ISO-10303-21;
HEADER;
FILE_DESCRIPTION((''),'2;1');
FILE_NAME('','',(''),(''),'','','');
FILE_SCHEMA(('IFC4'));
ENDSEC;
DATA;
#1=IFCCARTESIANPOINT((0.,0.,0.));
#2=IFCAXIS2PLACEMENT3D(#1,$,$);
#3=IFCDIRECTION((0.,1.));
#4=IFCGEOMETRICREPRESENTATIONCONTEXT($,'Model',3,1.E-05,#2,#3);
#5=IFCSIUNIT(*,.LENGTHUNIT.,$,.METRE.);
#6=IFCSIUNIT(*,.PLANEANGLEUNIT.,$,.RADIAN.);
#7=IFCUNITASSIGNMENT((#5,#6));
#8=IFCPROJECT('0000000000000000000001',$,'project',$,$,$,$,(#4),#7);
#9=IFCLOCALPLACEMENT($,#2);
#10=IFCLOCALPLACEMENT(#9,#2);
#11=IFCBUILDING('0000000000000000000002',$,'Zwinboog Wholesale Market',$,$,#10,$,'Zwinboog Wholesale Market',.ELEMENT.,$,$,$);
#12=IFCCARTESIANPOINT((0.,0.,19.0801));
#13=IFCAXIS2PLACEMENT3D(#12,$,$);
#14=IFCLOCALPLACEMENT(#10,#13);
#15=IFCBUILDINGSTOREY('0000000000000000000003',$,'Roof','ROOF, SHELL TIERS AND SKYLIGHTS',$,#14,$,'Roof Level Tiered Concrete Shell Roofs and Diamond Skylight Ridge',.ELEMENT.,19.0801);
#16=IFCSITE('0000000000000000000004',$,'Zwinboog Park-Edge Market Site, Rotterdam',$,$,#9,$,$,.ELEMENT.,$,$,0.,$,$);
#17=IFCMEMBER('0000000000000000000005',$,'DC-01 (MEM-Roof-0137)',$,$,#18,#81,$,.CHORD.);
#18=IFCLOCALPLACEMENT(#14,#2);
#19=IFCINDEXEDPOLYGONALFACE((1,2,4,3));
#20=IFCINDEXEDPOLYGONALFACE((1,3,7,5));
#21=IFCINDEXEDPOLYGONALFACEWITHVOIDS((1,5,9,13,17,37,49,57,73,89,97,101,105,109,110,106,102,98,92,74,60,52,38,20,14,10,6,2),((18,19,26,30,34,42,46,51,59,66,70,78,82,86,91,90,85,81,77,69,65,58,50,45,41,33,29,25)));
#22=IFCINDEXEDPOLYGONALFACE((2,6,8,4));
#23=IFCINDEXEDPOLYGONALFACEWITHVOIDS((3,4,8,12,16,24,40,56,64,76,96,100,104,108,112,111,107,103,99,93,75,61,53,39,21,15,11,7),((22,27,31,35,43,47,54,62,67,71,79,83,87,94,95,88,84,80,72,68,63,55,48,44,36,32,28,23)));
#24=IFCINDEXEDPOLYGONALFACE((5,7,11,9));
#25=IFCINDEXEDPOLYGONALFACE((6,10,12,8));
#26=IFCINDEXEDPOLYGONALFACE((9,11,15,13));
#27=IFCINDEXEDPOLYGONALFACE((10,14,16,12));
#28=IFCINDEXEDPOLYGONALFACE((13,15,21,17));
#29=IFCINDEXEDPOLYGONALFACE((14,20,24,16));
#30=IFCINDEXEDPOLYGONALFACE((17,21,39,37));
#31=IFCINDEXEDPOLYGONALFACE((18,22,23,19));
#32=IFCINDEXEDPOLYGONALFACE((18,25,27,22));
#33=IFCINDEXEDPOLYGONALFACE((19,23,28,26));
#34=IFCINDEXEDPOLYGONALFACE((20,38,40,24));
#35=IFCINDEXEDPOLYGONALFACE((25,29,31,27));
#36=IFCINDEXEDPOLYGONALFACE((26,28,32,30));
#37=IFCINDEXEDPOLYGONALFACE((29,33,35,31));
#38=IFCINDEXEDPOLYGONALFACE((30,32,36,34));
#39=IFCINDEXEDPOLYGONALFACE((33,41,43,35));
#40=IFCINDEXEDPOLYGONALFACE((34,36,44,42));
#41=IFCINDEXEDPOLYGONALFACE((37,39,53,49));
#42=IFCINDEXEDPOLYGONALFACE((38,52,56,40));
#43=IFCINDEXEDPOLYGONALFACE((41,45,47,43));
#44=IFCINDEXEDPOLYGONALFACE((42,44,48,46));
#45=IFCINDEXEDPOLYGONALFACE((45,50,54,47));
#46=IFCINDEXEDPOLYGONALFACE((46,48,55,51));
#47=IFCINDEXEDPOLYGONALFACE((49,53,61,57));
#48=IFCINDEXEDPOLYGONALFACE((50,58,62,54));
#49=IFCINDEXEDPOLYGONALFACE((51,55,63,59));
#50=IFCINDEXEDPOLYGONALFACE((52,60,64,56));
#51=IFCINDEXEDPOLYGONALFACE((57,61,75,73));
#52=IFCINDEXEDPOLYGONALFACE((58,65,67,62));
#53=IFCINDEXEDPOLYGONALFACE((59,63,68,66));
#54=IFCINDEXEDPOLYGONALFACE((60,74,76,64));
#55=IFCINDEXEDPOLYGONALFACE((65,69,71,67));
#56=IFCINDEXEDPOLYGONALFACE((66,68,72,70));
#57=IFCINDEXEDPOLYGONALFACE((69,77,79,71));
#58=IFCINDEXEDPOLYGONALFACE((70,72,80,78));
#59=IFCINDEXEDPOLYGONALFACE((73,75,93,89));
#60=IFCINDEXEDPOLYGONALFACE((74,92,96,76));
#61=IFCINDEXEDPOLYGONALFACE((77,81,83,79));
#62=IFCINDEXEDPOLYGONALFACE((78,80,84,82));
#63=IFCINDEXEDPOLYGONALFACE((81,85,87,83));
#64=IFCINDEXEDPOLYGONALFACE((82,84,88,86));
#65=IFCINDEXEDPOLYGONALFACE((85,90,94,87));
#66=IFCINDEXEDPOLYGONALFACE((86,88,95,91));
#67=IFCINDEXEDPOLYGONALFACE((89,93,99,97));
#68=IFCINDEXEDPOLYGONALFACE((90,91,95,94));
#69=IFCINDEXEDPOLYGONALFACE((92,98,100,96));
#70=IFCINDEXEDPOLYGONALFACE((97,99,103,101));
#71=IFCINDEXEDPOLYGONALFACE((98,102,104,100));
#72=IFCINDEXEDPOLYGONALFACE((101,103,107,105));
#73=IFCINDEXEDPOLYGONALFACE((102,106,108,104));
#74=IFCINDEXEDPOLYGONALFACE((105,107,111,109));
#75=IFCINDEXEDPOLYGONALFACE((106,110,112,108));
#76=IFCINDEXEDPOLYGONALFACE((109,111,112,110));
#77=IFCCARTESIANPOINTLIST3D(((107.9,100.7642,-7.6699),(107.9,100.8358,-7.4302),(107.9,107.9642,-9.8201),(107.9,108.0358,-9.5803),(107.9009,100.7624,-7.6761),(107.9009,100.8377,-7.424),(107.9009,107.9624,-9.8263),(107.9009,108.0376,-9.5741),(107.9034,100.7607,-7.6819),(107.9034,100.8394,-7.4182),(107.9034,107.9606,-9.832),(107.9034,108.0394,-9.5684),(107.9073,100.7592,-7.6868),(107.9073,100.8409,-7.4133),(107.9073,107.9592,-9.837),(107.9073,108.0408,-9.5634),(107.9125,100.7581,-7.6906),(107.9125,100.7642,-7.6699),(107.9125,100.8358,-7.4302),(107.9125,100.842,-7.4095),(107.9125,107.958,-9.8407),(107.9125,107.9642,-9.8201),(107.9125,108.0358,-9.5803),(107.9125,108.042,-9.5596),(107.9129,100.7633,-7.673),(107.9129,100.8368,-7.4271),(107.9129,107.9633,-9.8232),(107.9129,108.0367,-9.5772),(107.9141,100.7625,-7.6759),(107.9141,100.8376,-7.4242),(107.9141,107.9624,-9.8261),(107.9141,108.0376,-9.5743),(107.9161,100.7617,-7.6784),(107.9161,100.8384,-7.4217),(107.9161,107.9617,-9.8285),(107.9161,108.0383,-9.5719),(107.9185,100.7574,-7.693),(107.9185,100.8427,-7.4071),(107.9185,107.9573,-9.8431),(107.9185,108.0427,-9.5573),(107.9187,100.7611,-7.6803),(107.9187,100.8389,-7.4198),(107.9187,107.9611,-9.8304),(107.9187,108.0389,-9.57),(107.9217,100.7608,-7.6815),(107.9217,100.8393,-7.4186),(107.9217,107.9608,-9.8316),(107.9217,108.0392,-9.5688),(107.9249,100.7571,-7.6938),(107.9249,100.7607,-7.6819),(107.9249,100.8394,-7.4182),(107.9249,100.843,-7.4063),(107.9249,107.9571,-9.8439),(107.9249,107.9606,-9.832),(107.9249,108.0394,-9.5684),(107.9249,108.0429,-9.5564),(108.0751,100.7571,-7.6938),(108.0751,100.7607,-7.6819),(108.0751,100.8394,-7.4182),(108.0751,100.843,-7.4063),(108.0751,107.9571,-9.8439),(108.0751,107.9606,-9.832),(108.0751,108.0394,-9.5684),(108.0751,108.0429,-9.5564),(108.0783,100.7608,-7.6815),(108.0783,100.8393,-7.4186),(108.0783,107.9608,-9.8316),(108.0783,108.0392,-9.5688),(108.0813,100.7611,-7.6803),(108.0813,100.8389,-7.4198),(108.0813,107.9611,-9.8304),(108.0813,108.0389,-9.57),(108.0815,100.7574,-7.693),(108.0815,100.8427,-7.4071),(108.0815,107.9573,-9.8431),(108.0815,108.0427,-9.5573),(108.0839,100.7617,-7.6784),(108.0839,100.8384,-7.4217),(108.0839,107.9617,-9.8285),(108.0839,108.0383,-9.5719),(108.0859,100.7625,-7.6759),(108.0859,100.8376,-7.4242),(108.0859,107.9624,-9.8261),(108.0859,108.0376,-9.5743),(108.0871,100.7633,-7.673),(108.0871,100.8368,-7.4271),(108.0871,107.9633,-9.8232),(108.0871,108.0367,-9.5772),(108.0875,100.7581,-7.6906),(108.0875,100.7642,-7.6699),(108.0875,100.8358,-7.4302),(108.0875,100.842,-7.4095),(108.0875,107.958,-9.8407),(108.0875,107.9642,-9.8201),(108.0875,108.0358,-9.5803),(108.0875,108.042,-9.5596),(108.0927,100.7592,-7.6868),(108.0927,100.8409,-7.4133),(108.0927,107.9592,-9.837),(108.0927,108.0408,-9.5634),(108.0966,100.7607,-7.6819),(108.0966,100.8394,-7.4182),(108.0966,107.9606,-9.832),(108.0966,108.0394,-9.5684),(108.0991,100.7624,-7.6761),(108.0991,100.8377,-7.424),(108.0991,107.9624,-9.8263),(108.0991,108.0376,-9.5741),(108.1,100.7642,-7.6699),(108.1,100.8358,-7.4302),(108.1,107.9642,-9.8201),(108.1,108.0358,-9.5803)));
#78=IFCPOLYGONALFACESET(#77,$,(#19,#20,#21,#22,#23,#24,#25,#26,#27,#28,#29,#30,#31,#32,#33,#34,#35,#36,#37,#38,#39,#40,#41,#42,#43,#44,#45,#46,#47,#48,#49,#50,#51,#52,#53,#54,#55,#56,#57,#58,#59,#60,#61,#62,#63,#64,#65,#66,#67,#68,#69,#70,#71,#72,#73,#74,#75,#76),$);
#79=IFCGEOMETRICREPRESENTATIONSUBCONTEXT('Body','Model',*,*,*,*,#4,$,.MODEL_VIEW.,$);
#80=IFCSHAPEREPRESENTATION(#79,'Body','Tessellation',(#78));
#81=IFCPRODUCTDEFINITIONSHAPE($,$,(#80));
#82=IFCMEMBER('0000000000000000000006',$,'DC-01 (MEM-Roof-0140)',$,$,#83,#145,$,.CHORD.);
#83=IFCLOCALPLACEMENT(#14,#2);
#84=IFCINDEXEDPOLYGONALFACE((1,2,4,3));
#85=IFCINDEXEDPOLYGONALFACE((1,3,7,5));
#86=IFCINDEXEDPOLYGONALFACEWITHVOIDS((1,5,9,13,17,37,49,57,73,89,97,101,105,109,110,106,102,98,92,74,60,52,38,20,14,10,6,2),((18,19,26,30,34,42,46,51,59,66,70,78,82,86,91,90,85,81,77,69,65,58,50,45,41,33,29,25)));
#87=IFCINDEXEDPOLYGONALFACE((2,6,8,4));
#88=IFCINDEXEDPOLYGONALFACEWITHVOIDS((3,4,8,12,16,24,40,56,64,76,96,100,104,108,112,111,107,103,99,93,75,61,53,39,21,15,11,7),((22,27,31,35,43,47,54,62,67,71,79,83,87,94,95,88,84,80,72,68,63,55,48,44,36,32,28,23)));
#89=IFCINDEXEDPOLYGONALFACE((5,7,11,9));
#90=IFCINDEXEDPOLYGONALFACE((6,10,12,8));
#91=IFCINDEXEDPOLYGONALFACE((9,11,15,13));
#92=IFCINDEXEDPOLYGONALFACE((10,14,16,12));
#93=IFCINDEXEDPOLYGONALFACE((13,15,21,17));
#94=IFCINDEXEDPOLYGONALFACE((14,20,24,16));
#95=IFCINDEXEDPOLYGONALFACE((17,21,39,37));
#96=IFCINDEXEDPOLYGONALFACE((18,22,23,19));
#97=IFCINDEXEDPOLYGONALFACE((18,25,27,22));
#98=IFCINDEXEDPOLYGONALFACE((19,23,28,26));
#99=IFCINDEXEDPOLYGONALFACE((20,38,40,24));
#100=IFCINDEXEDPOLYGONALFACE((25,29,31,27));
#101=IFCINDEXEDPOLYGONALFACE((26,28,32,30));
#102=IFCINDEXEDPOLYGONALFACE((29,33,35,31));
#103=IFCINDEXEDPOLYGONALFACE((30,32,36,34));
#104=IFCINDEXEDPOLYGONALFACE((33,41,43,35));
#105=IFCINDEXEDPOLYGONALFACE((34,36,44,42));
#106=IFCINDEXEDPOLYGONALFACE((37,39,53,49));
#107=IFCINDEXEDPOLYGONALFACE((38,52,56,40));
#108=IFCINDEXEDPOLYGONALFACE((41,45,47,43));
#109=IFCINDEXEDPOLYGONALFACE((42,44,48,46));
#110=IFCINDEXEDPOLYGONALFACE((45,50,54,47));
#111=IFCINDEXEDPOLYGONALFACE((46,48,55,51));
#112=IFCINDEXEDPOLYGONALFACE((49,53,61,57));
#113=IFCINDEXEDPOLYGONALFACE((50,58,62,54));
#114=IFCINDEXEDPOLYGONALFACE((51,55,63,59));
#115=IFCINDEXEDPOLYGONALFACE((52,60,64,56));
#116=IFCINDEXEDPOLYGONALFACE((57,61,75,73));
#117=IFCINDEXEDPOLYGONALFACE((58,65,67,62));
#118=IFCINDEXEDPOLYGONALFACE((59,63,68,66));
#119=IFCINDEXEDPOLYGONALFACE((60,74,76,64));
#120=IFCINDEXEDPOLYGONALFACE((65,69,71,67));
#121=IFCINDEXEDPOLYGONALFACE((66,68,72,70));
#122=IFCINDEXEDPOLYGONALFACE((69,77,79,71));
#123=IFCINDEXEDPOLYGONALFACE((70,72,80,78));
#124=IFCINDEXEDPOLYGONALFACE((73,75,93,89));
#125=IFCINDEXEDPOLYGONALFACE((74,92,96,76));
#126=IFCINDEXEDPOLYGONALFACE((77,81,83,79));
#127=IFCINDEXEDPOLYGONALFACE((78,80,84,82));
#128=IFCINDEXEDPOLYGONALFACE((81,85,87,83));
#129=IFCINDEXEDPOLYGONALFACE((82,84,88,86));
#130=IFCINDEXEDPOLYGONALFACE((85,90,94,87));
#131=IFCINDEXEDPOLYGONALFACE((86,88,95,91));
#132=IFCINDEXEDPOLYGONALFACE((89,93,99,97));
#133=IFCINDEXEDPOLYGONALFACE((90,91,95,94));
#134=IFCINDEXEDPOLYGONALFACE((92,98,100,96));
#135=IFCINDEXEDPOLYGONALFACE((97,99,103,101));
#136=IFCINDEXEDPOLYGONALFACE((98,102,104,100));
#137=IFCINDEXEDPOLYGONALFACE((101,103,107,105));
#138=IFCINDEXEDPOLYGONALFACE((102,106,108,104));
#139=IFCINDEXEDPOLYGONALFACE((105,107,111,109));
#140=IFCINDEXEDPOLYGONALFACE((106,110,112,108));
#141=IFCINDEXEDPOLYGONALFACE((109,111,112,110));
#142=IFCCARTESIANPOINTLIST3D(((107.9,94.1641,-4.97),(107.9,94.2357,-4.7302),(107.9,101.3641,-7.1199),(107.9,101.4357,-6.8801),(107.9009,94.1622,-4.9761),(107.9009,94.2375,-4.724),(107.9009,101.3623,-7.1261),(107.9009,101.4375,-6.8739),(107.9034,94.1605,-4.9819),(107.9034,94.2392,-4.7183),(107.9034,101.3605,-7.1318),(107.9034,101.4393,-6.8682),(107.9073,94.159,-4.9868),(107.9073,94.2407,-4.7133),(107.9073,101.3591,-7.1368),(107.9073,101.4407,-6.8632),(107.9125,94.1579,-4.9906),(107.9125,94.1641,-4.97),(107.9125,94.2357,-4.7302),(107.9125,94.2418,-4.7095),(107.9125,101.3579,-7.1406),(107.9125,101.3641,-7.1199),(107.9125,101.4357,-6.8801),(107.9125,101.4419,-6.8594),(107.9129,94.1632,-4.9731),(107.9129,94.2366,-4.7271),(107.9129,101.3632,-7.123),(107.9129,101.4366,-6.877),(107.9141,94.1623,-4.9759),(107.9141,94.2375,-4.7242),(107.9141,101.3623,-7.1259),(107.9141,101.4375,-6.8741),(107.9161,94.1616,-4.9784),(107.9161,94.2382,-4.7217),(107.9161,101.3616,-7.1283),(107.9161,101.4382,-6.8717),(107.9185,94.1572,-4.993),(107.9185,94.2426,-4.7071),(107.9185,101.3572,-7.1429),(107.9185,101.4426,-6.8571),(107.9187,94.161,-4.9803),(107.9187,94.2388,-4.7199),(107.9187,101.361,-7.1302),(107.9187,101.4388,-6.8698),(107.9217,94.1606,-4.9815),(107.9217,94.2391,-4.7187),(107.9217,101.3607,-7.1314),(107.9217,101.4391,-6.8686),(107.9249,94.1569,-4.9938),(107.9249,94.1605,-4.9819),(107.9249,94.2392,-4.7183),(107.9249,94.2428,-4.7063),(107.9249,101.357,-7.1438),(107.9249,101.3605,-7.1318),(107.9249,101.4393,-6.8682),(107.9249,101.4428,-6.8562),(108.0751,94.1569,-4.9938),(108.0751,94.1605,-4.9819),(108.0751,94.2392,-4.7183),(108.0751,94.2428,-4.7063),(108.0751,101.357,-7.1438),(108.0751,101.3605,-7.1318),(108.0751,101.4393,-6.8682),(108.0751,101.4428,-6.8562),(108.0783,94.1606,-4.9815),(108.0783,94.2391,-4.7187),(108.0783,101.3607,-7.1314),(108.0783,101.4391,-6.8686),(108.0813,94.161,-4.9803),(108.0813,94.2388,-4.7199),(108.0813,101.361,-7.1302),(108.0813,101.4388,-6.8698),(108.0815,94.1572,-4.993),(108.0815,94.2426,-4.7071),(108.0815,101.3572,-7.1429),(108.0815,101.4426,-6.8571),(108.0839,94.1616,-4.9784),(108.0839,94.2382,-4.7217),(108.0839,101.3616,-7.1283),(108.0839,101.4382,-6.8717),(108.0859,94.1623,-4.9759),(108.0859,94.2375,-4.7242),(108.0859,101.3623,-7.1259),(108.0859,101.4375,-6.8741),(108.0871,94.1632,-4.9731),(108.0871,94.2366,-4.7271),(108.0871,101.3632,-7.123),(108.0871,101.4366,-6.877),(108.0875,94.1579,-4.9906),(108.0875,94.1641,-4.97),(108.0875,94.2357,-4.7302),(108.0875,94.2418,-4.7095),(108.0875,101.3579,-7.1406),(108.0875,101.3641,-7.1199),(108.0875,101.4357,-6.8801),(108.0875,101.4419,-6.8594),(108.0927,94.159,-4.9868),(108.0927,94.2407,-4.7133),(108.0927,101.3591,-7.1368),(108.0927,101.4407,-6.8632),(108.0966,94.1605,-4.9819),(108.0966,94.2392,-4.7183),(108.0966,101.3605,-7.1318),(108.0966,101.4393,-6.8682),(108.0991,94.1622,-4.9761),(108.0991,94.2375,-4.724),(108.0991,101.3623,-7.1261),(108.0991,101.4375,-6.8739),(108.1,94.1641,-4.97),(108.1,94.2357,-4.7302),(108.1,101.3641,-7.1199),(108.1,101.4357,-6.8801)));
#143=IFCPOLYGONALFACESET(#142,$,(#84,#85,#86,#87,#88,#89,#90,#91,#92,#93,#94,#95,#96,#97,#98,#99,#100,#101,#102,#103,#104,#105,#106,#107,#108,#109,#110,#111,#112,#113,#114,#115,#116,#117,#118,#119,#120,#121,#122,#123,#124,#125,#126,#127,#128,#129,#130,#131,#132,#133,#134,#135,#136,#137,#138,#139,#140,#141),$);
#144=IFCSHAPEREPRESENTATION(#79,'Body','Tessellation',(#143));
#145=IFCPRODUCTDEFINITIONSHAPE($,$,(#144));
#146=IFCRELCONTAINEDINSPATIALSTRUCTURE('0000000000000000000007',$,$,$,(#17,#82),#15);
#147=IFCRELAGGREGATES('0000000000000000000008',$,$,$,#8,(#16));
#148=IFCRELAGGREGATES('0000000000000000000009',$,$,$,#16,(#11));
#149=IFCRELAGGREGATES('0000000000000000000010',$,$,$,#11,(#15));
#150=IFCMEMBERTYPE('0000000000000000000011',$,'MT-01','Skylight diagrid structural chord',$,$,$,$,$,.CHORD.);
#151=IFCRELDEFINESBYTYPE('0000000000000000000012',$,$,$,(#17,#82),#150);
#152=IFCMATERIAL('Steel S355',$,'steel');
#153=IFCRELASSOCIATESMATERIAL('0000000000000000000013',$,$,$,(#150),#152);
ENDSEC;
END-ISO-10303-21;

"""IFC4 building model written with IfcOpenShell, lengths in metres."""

from ifc_helpers import new_model, si_unit, direction, frame, origin, origin_2d, place, context, subcontext, project, spatial, hollow_rectangle, extrude, material, material_profile, profile_set, type_object, element, save


model = new_model("IFC4")

# Units and contexts
model_context = context("Model", 3, precision=1e-05, world=origin(), true_north=direction((0.0, 1.0)))
body_context = subcontext(model_context, "Body", "Model", "MODEL_VIEW")
ifc_project = project(units=[si_unit("LENGTHUNIT", "METRE"), si_unit("PLANEANGLEUNIT", "RADIAN")], contexts=[model_context])

# Site, building, storey
site_placement = place(None, origin())
site = spatial("IfcSite", under=ifc_project, at=site_placement, Name="Zwinboog Park-Edge Market Site, Rotterdam", CompositionType="ELEMENT", RefElevation=0.0)
building_placement = place(site_placement, origin())
building = spatial("IfcBuilding", under=site, at=building_placement, Name="Zwinboog Wholesale Market", LongName="Zwinboog Wholesale Market", CompositionType="ELEMENT")
storey_placement = place(building_placement, frame((0.0, 0.0, 19.0801)))
storey = spatial("IfcBuildingStorey", under=building, at=storey_placement, Name="Roof", Description="ROOF, SHELL TIERS AND SKYLIGHTS", LongName="Roof Level Tiered Concrete Shell Roofs and Diamond Skylight Ridge", CompositionType="ELEMENT", Elevation=19.0801)

# Members
ifc_material_1 = material(Name="Steel S355", Category="steel")
ifc_material_profile_1 = material_profile(ifc_material_1, hollow_rectangle(XDim=0.2, YDim=0.3, WallThickness=0.0125, InnerFilletRadius=0.0125, OuterFilletRadius=0.0249, at=origin_2d()), Name="RHS 300x200x12.5")
ifc_profile_set_1 = profile_set([ifc_material_profile_1], Name="Steel S355")
member_type_1 = type_object("IfcMemberType", Name="MT-01", Description="Skylight diagrid structural chord", PredefinedType="CHORD", material=ifc_profile_set_1)
for number, where, z_axis, x_axis, name in (
    (1, (108.0, 108.0, -9.7002), (0.0, -0.958186, 0.286146), (1.0, 0.0, 0.0), "DC-01 (MEM-Roof-0137)"),
    (2, (108.0, 101.3999, -7.0), (0.0, -0.958195, 0.286117), (1.0, 0.0, 0.0), "DC-01 (MEM-Roof-0140)"),
):
    element("IfcMember", number, at=place(storey_placement, frame(where, z_axis=z_axis, x_axis=x_axis)), inside=storey, type_object=member_type_1, Name=name, PredefinedType="CHORD", context=body_context, shape_type="SweptSolid", body=[
        extrude(hollow_rectangle(XDim=0.2, YDim=0.3, WallThickness=0.0125, InnerFilletRadius=0.0125, OuterFilletRadius=0.0249, at=origin_2d()), origin(), (0.0, 0.0, 1.0), 7.5142),
    ])

save(model, "model.ifc")
